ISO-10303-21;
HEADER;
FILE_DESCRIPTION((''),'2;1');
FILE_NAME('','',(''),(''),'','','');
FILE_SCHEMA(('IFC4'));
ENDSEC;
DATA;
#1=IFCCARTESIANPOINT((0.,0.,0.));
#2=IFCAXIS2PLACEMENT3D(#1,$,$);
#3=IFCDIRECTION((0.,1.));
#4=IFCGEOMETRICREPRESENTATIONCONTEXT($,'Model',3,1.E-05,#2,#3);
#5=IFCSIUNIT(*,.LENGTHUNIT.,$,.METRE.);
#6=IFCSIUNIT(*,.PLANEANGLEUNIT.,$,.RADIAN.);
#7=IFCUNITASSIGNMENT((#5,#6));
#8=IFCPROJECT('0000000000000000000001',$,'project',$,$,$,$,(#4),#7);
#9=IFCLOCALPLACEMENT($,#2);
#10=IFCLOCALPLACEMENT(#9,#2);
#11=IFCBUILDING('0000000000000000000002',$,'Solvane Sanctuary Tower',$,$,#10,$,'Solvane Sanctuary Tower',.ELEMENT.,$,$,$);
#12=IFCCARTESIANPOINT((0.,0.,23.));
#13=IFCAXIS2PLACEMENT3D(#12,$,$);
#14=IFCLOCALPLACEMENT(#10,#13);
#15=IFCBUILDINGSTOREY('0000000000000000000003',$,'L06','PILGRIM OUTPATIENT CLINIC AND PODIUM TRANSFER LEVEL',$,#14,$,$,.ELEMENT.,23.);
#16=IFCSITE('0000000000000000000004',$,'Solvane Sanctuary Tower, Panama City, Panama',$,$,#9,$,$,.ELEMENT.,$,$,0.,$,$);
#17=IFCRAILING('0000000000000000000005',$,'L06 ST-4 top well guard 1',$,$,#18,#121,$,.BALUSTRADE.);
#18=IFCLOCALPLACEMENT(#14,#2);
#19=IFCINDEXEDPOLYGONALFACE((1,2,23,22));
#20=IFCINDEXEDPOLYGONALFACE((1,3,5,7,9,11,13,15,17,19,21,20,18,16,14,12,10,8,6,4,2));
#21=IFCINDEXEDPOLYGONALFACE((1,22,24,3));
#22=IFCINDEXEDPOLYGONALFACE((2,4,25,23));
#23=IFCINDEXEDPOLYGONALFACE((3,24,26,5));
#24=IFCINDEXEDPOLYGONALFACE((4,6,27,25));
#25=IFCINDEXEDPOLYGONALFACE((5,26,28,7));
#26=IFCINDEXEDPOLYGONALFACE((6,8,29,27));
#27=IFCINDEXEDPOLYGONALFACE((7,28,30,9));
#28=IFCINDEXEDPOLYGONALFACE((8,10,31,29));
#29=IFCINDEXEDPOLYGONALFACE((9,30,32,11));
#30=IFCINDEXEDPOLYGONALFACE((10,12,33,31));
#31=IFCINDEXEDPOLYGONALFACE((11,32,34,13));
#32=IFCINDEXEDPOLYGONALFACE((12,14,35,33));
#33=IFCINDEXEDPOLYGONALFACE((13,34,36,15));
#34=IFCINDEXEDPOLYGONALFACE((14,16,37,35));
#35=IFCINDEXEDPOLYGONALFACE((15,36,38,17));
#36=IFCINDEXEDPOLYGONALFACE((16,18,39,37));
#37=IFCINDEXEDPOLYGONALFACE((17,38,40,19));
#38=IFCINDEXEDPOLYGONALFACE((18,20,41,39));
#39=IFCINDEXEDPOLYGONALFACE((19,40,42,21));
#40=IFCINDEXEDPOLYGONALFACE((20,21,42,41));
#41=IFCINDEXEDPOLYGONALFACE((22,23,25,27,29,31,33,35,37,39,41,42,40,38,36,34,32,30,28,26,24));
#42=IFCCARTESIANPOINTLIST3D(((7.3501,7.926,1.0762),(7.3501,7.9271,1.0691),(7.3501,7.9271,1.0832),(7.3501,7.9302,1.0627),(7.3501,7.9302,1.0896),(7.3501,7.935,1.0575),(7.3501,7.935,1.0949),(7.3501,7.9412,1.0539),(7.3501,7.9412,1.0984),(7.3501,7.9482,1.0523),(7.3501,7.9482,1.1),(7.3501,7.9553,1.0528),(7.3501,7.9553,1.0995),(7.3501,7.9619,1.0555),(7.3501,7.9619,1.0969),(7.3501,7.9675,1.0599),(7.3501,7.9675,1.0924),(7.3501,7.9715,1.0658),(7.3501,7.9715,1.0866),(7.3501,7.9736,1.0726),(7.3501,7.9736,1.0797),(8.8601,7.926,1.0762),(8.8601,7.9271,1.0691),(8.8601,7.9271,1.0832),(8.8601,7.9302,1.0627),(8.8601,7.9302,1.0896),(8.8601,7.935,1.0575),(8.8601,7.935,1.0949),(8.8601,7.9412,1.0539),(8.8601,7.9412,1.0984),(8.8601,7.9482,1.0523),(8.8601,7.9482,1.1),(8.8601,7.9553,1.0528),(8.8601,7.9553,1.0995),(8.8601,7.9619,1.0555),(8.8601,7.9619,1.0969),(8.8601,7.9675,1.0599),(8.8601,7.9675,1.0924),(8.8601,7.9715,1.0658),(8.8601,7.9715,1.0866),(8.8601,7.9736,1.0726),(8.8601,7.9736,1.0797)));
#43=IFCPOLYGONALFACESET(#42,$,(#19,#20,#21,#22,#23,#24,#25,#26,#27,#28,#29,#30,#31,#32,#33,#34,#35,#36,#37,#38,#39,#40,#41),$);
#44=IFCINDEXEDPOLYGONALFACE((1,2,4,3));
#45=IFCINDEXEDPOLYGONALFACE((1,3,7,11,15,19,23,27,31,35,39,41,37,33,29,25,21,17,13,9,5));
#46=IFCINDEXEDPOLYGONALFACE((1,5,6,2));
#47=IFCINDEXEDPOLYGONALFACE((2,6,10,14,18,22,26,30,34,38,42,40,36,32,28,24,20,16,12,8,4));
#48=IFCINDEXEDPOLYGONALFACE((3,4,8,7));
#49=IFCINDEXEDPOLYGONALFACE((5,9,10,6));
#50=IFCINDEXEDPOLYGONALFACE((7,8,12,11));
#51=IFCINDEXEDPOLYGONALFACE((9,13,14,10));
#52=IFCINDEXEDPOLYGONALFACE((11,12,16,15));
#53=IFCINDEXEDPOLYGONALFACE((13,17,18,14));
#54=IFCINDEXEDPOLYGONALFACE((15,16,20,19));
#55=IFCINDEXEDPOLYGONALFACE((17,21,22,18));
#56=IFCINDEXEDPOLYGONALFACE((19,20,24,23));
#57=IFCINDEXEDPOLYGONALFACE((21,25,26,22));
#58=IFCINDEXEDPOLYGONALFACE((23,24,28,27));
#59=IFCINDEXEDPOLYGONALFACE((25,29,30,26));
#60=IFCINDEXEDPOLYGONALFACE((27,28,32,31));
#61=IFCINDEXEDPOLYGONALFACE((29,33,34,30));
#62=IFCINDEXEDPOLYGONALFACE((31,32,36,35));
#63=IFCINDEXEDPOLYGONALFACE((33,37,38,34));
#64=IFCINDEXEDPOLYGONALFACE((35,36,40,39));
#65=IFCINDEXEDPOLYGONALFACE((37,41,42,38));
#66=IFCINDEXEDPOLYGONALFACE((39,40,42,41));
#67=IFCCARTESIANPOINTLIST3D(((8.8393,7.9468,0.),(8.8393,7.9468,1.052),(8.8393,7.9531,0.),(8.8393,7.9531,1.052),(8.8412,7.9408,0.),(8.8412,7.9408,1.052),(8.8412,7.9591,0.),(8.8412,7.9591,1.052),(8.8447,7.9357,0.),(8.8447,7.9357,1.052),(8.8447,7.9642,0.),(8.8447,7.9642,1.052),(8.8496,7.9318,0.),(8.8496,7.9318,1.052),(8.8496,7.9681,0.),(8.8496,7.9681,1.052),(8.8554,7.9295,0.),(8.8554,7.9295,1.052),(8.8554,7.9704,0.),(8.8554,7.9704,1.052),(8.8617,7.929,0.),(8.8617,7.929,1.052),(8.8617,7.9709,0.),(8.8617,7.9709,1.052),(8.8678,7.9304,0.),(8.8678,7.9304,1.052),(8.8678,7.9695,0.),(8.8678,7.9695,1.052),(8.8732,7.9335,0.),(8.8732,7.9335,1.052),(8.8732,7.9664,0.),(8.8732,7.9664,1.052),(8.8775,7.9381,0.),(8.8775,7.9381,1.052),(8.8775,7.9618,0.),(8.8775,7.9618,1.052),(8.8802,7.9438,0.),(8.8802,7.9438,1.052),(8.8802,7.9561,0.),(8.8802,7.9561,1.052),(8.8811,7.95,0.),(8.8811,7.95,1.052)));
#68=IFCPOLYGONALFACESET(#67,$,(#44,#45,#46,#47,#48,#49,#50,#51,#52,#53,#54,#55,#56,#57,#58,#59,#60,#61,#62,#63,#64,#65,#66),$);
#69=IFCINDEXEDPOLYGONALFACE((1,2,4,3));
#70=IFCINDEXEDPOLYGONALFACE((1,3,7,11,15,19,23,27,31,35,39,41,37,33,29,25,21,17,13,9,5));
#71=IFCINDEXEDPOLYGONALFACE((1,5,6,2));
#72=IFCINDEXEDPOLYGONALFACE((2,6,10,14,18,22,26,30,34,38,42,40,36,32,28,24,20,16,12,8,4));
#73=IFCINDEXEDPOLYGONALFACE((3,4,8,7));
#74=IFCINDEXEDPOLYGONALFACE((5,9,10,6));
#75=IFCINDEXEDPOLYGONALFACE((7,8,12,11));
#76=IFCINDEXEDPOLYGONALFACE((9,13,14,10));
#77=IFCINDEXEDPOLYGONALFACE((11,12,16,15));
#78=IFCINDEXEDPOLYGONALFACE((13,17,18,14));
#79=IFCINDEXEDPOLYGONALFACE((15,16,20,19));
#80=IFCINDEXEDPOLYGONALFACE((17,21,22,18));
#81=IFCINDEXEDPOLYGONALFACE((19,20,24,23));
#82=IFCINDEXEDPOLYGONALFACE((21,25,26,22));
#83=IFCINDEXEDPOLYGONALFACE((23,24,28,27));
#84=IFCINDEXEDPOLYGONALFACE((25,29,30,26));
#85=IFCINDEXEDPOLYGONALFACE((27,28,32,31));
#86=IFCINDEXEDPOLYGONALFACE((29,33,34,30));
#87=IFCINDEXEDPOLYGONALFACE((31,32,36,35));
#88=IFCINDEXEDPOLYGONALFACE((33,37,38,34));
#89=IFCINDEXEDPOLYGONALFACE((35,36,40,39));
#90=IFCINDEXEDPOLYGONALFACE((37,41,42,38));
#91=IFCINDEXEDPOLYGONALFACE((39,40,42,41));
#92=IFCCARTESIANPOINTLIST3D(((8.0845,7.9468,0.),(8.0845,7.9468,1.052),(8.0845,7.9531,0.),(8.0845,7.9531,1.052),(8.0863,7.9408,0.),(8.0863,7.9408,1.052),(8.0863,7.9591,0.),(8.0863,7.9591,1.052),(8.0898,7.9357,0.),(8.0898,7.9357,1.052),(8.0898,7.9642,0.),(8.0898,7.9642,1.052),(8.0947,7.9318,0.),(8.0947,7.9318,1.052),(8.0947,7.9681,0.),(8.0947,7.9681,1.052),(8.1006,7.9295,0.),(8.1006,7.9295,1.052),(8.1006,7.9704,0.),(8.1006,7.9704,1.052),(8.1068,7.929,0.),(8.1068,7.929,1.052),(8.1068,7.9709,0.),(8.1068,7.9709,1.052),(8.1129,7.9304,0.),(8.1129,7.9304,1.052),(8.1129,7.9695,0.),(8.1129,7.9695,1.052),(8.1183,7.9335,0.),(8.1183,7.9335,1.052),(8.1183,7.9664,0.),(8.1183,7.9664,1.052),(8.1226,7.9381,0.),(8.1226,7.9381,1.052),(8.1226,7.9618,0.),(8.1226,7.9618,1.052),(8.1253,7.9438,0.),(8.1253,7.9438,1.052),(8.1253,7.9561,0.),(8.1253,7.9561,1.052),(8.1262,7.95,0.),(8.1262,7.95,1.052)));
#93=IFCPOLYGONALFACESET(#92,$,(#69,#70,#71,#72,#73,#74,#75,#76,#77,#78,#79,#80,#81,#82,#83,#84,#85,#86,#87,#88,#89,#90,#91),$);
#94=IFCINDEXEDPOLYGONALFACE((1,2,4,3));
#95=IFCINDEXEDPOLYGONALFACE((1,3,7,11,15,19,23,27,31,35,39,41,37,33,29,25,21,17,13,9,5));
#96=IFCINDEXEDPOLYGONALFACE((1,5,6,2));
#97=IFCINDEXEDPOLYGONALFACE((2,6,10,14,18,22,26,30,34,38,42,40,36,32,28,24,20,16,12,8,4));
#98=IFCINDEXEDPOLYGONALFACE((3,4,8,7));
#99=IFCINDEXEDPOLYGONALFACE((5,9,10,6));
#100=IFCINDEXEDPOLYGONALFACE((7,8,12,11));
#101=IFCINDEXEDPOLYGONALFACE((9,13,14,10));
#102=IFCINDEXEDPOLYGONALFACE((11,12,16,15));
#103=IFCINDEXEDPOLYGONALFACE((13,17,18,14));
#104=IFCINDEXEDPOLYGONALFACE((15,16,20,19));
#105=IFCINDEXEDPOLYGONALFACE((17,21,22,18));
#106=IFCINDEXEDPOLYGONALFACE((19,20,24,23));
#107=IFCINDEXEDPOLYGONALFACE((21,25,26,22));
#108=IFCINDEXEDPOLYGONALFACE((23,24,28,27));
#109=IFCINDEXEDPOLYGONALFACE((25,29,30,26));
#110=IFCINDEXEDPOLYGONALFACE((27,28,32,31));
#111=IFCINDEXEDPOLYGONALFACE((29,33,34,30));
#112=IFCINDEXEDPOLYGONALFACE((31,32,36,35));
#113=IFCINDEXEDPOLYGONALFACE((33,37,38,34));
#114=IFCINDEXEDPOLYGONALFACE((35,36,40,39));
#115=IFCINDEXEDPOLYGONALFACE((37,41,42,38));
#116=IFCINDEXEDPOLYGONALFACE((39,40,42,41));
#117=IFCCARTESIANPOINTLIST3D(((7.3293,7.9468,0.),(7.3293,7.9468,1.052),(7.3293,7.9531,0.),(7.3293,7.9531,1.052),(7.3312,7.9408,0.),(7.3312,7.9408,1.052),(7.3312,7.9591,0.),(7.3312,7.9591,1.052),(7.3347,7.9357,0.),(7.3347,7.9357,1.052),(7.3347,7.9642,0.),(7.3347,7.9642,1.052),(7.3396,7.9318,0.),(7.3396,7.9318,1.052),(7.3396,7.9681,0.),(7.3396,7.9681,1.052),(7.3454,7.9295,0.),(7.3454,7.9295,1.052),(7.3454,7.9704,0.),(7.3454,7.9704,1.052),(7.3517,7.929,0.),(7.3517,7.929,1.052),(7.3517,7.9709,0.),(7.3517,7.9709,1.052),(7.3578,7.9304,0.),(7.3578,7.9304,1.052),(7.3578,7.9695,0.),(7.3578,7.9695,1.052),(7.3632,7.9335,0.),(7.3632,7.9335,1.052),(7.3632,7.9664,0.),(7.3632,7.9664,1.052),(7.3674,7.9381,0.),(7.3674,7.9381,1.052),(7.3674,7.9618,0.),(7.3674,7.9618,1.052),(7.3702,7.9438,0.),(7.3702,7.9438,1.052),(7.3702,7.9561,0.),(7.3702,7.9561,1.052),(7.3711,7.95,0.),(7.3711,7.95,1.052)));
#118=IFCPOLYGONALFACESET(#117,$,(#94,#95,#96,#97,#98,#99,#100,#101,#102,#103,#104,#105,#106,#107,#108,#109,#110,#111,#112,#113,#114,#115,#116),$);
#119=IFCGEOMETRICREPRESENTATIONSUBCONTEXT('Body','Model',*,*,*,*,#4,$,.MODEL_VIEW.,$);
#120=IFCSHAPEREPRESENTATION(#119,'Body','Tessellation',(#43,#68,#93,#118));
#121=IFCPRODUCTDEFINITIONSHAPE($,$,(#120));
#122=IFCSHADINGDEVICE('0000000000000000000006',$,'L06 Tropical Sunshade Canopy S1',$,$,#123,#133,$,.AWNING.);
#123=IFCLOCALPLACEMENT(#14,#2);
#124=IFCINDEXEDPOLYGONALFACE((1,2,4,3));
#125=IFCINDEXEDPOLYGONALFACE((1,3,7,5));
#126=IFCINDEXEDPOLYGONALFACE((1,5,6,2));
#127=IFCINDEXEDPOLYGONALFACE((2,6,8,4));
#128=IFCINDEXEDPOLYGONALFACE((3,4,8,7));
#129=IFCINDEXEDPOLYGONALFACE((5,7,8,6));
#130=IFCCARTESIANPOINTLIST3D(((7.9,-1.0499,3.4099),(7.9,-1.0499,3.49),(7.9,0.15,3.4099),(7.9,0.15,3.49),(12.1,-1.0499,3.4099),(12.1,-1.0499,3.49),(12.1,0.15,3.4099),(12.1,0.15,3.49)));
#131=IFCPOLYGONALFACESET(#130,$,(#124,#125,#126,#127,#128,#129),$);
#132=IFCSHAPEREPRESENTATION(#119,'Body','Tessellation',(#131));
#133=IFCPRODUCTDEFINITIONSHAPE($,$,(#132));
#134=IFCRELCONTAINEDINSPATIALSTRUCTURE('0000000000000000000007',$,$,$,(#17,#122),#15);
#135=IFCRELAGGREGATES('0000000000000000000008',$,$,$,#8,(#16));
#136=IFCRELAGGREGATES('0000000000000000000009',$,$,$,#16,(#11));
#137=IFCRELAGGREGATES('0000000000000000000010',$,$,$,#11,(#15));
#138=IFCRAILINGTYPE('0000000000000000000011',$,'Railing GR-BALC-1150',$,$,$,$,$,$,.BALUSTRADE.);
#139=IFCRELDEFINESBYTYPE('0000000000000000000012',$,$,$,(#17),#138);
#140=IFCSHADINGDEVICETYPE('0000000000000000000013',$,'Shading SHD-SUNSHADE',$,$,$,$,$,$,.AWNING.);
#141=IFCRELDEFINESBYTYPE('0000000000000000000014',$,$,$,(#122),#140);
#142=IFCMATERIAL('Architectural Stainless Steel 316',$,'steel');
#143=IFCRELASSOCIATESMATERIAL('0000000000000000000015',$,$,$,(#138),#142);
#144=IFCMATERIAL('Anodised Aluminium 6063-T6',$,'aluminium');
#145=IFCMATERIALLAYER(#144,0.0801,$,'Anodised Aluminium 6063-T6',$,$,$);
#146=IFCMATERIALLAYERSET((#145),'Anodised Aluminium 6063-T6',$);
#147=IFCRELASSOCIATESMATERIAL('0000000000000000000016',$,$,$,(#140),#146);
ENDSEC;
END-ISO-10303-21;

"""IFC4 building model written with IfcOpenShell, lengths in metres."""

from ifc_helpers import new_model, si_unit, direction, frame, origin, origin_2d, place, context, subcontext, project, spatial, rectangle, circle, extrude, material, layer, layer_set, type_object, element, save


model = new_model("IFC4")

# Units and contexts
model_context = context("Model", 3, precision=1e-05, world=origin(), true_north=direction((0.0, 1.0)))
body_context = subcontext(model_context, "Body", "Model", "MODEL_VIEW")
ifc_project = project(units=[si_unit("LENGTHUNIT", "METRE"), si_unit("PLANEANGLEUNIT", "RADIAN")], contexts=[model_context])

# Site, building, storey
site_placement = place(None, origin())
site = spatial("IfcSite", under=ifc_project, at=site_placement, Name="Solvane Sanctuary Tower, Panama City, Panama", CompositionType="ELEMENT", RefElevation=0.0)
building_placement = place(site_placement, origin())
building = spatial("IfcBuilding", under=site, at=building_placement, Name="Solvane Sanctuary Tower", LongName="Solvane Sanctuary Tower", CompositionType="ELEMENT")
storey_placement = place(building_placement, frame((0.0, 0.0, 23.0)))
storey = spatial("IfcBuildingStorey", under=building, at=storey_placement, Name="L06", Description="PILGRIM OUTPATIENT CLINIC AND PODIUM TRANSFER LEVEL", CompositionType="ELEMENT", Elevation=23.0)

# Shared definitions
ifc_material_1 = material(Name="Architectural Stainless Steel 316", Category="steel")

# Railing
railing_type = type_object("IfcRailingType", Name="Railing GR-BALC-1150", PredefinedType="BALUSTRADE", material=ifc_material_1)
railing_1_placement = place(storey_placement, frame((8.8601, 7.95, 0.0)))
element("IfcRailing", 1, at=railing_1_placement, inside=storey, type_object=railing_type, Name="L06 ST-4 top well guard 1", PredefinedType="BALUSTRADE", context=body_context, shape_type="SweptSolid", body=[
    extrude(circle(Radius=0.0239, at=origin_2d()), frame((0.0, 0.0, 1.0762), z_axis=(-1.0, 0.0, 0.0), x_axis=(0.0, -1.0, 0.0)), (0.0, 0.0, 1.0), 1.51),
    extrude(circle(Radius=0.021, at=origin_2d()), origin(), (0.0, 0.0, 1.0), 1.052),
    extrude(circle(Radius=0.021, at=origin_2d()), frame((-0.7549, 0.0, 0.0)), (0.0, 0.0, 1.0), 1.052),
    extrude(circle(Radius=0.021, at=origin_2d()), frame((-1.51, 0.0, 0.0)), (0.0, 0.0, 1.0), 1.052),
])

# Shading device
ifc_material_2 = material(Name="Anodised Aluminium 6063-T6", Category="aluminium")
ifc_layer_1 = layer(ifc_material_2, 0.0801, Name="Anodised Aluminium 6063-T6")
ifc_layer_set_1 = layer_set([ifc_layer_1], Name="Anodised Aluminium 6063-T6")
shading_device_type = type_object("IfcShadingDeviceType", Name="Shading SHD-SUNSHADE", PredefinedType="AWNING", material=ifc_layer_set_1)
shading_device_placement = place(storey_placement, frame((10.0, -0.45, 3.4099), z_axis=(0.0, 0.0, 1.0), x_axis=(1.0, 0.0, 0.0)))
element("IfcShadingDevice", 2, at=shading_device_placement, inside=storey, type_object=shading_device_type, Name="L06 Tropical Sunshade Canopy S1", PredefinedType="AWNING", context=body_context, shape_type="SweptSolid", body=[
    extrude(rectangle(XDim=4.2, YDim=1.2, at=origin_2d()), origin(), (0.0, 0.0, 1.0), 0.0801),
])

save(model, "model.ifc")
